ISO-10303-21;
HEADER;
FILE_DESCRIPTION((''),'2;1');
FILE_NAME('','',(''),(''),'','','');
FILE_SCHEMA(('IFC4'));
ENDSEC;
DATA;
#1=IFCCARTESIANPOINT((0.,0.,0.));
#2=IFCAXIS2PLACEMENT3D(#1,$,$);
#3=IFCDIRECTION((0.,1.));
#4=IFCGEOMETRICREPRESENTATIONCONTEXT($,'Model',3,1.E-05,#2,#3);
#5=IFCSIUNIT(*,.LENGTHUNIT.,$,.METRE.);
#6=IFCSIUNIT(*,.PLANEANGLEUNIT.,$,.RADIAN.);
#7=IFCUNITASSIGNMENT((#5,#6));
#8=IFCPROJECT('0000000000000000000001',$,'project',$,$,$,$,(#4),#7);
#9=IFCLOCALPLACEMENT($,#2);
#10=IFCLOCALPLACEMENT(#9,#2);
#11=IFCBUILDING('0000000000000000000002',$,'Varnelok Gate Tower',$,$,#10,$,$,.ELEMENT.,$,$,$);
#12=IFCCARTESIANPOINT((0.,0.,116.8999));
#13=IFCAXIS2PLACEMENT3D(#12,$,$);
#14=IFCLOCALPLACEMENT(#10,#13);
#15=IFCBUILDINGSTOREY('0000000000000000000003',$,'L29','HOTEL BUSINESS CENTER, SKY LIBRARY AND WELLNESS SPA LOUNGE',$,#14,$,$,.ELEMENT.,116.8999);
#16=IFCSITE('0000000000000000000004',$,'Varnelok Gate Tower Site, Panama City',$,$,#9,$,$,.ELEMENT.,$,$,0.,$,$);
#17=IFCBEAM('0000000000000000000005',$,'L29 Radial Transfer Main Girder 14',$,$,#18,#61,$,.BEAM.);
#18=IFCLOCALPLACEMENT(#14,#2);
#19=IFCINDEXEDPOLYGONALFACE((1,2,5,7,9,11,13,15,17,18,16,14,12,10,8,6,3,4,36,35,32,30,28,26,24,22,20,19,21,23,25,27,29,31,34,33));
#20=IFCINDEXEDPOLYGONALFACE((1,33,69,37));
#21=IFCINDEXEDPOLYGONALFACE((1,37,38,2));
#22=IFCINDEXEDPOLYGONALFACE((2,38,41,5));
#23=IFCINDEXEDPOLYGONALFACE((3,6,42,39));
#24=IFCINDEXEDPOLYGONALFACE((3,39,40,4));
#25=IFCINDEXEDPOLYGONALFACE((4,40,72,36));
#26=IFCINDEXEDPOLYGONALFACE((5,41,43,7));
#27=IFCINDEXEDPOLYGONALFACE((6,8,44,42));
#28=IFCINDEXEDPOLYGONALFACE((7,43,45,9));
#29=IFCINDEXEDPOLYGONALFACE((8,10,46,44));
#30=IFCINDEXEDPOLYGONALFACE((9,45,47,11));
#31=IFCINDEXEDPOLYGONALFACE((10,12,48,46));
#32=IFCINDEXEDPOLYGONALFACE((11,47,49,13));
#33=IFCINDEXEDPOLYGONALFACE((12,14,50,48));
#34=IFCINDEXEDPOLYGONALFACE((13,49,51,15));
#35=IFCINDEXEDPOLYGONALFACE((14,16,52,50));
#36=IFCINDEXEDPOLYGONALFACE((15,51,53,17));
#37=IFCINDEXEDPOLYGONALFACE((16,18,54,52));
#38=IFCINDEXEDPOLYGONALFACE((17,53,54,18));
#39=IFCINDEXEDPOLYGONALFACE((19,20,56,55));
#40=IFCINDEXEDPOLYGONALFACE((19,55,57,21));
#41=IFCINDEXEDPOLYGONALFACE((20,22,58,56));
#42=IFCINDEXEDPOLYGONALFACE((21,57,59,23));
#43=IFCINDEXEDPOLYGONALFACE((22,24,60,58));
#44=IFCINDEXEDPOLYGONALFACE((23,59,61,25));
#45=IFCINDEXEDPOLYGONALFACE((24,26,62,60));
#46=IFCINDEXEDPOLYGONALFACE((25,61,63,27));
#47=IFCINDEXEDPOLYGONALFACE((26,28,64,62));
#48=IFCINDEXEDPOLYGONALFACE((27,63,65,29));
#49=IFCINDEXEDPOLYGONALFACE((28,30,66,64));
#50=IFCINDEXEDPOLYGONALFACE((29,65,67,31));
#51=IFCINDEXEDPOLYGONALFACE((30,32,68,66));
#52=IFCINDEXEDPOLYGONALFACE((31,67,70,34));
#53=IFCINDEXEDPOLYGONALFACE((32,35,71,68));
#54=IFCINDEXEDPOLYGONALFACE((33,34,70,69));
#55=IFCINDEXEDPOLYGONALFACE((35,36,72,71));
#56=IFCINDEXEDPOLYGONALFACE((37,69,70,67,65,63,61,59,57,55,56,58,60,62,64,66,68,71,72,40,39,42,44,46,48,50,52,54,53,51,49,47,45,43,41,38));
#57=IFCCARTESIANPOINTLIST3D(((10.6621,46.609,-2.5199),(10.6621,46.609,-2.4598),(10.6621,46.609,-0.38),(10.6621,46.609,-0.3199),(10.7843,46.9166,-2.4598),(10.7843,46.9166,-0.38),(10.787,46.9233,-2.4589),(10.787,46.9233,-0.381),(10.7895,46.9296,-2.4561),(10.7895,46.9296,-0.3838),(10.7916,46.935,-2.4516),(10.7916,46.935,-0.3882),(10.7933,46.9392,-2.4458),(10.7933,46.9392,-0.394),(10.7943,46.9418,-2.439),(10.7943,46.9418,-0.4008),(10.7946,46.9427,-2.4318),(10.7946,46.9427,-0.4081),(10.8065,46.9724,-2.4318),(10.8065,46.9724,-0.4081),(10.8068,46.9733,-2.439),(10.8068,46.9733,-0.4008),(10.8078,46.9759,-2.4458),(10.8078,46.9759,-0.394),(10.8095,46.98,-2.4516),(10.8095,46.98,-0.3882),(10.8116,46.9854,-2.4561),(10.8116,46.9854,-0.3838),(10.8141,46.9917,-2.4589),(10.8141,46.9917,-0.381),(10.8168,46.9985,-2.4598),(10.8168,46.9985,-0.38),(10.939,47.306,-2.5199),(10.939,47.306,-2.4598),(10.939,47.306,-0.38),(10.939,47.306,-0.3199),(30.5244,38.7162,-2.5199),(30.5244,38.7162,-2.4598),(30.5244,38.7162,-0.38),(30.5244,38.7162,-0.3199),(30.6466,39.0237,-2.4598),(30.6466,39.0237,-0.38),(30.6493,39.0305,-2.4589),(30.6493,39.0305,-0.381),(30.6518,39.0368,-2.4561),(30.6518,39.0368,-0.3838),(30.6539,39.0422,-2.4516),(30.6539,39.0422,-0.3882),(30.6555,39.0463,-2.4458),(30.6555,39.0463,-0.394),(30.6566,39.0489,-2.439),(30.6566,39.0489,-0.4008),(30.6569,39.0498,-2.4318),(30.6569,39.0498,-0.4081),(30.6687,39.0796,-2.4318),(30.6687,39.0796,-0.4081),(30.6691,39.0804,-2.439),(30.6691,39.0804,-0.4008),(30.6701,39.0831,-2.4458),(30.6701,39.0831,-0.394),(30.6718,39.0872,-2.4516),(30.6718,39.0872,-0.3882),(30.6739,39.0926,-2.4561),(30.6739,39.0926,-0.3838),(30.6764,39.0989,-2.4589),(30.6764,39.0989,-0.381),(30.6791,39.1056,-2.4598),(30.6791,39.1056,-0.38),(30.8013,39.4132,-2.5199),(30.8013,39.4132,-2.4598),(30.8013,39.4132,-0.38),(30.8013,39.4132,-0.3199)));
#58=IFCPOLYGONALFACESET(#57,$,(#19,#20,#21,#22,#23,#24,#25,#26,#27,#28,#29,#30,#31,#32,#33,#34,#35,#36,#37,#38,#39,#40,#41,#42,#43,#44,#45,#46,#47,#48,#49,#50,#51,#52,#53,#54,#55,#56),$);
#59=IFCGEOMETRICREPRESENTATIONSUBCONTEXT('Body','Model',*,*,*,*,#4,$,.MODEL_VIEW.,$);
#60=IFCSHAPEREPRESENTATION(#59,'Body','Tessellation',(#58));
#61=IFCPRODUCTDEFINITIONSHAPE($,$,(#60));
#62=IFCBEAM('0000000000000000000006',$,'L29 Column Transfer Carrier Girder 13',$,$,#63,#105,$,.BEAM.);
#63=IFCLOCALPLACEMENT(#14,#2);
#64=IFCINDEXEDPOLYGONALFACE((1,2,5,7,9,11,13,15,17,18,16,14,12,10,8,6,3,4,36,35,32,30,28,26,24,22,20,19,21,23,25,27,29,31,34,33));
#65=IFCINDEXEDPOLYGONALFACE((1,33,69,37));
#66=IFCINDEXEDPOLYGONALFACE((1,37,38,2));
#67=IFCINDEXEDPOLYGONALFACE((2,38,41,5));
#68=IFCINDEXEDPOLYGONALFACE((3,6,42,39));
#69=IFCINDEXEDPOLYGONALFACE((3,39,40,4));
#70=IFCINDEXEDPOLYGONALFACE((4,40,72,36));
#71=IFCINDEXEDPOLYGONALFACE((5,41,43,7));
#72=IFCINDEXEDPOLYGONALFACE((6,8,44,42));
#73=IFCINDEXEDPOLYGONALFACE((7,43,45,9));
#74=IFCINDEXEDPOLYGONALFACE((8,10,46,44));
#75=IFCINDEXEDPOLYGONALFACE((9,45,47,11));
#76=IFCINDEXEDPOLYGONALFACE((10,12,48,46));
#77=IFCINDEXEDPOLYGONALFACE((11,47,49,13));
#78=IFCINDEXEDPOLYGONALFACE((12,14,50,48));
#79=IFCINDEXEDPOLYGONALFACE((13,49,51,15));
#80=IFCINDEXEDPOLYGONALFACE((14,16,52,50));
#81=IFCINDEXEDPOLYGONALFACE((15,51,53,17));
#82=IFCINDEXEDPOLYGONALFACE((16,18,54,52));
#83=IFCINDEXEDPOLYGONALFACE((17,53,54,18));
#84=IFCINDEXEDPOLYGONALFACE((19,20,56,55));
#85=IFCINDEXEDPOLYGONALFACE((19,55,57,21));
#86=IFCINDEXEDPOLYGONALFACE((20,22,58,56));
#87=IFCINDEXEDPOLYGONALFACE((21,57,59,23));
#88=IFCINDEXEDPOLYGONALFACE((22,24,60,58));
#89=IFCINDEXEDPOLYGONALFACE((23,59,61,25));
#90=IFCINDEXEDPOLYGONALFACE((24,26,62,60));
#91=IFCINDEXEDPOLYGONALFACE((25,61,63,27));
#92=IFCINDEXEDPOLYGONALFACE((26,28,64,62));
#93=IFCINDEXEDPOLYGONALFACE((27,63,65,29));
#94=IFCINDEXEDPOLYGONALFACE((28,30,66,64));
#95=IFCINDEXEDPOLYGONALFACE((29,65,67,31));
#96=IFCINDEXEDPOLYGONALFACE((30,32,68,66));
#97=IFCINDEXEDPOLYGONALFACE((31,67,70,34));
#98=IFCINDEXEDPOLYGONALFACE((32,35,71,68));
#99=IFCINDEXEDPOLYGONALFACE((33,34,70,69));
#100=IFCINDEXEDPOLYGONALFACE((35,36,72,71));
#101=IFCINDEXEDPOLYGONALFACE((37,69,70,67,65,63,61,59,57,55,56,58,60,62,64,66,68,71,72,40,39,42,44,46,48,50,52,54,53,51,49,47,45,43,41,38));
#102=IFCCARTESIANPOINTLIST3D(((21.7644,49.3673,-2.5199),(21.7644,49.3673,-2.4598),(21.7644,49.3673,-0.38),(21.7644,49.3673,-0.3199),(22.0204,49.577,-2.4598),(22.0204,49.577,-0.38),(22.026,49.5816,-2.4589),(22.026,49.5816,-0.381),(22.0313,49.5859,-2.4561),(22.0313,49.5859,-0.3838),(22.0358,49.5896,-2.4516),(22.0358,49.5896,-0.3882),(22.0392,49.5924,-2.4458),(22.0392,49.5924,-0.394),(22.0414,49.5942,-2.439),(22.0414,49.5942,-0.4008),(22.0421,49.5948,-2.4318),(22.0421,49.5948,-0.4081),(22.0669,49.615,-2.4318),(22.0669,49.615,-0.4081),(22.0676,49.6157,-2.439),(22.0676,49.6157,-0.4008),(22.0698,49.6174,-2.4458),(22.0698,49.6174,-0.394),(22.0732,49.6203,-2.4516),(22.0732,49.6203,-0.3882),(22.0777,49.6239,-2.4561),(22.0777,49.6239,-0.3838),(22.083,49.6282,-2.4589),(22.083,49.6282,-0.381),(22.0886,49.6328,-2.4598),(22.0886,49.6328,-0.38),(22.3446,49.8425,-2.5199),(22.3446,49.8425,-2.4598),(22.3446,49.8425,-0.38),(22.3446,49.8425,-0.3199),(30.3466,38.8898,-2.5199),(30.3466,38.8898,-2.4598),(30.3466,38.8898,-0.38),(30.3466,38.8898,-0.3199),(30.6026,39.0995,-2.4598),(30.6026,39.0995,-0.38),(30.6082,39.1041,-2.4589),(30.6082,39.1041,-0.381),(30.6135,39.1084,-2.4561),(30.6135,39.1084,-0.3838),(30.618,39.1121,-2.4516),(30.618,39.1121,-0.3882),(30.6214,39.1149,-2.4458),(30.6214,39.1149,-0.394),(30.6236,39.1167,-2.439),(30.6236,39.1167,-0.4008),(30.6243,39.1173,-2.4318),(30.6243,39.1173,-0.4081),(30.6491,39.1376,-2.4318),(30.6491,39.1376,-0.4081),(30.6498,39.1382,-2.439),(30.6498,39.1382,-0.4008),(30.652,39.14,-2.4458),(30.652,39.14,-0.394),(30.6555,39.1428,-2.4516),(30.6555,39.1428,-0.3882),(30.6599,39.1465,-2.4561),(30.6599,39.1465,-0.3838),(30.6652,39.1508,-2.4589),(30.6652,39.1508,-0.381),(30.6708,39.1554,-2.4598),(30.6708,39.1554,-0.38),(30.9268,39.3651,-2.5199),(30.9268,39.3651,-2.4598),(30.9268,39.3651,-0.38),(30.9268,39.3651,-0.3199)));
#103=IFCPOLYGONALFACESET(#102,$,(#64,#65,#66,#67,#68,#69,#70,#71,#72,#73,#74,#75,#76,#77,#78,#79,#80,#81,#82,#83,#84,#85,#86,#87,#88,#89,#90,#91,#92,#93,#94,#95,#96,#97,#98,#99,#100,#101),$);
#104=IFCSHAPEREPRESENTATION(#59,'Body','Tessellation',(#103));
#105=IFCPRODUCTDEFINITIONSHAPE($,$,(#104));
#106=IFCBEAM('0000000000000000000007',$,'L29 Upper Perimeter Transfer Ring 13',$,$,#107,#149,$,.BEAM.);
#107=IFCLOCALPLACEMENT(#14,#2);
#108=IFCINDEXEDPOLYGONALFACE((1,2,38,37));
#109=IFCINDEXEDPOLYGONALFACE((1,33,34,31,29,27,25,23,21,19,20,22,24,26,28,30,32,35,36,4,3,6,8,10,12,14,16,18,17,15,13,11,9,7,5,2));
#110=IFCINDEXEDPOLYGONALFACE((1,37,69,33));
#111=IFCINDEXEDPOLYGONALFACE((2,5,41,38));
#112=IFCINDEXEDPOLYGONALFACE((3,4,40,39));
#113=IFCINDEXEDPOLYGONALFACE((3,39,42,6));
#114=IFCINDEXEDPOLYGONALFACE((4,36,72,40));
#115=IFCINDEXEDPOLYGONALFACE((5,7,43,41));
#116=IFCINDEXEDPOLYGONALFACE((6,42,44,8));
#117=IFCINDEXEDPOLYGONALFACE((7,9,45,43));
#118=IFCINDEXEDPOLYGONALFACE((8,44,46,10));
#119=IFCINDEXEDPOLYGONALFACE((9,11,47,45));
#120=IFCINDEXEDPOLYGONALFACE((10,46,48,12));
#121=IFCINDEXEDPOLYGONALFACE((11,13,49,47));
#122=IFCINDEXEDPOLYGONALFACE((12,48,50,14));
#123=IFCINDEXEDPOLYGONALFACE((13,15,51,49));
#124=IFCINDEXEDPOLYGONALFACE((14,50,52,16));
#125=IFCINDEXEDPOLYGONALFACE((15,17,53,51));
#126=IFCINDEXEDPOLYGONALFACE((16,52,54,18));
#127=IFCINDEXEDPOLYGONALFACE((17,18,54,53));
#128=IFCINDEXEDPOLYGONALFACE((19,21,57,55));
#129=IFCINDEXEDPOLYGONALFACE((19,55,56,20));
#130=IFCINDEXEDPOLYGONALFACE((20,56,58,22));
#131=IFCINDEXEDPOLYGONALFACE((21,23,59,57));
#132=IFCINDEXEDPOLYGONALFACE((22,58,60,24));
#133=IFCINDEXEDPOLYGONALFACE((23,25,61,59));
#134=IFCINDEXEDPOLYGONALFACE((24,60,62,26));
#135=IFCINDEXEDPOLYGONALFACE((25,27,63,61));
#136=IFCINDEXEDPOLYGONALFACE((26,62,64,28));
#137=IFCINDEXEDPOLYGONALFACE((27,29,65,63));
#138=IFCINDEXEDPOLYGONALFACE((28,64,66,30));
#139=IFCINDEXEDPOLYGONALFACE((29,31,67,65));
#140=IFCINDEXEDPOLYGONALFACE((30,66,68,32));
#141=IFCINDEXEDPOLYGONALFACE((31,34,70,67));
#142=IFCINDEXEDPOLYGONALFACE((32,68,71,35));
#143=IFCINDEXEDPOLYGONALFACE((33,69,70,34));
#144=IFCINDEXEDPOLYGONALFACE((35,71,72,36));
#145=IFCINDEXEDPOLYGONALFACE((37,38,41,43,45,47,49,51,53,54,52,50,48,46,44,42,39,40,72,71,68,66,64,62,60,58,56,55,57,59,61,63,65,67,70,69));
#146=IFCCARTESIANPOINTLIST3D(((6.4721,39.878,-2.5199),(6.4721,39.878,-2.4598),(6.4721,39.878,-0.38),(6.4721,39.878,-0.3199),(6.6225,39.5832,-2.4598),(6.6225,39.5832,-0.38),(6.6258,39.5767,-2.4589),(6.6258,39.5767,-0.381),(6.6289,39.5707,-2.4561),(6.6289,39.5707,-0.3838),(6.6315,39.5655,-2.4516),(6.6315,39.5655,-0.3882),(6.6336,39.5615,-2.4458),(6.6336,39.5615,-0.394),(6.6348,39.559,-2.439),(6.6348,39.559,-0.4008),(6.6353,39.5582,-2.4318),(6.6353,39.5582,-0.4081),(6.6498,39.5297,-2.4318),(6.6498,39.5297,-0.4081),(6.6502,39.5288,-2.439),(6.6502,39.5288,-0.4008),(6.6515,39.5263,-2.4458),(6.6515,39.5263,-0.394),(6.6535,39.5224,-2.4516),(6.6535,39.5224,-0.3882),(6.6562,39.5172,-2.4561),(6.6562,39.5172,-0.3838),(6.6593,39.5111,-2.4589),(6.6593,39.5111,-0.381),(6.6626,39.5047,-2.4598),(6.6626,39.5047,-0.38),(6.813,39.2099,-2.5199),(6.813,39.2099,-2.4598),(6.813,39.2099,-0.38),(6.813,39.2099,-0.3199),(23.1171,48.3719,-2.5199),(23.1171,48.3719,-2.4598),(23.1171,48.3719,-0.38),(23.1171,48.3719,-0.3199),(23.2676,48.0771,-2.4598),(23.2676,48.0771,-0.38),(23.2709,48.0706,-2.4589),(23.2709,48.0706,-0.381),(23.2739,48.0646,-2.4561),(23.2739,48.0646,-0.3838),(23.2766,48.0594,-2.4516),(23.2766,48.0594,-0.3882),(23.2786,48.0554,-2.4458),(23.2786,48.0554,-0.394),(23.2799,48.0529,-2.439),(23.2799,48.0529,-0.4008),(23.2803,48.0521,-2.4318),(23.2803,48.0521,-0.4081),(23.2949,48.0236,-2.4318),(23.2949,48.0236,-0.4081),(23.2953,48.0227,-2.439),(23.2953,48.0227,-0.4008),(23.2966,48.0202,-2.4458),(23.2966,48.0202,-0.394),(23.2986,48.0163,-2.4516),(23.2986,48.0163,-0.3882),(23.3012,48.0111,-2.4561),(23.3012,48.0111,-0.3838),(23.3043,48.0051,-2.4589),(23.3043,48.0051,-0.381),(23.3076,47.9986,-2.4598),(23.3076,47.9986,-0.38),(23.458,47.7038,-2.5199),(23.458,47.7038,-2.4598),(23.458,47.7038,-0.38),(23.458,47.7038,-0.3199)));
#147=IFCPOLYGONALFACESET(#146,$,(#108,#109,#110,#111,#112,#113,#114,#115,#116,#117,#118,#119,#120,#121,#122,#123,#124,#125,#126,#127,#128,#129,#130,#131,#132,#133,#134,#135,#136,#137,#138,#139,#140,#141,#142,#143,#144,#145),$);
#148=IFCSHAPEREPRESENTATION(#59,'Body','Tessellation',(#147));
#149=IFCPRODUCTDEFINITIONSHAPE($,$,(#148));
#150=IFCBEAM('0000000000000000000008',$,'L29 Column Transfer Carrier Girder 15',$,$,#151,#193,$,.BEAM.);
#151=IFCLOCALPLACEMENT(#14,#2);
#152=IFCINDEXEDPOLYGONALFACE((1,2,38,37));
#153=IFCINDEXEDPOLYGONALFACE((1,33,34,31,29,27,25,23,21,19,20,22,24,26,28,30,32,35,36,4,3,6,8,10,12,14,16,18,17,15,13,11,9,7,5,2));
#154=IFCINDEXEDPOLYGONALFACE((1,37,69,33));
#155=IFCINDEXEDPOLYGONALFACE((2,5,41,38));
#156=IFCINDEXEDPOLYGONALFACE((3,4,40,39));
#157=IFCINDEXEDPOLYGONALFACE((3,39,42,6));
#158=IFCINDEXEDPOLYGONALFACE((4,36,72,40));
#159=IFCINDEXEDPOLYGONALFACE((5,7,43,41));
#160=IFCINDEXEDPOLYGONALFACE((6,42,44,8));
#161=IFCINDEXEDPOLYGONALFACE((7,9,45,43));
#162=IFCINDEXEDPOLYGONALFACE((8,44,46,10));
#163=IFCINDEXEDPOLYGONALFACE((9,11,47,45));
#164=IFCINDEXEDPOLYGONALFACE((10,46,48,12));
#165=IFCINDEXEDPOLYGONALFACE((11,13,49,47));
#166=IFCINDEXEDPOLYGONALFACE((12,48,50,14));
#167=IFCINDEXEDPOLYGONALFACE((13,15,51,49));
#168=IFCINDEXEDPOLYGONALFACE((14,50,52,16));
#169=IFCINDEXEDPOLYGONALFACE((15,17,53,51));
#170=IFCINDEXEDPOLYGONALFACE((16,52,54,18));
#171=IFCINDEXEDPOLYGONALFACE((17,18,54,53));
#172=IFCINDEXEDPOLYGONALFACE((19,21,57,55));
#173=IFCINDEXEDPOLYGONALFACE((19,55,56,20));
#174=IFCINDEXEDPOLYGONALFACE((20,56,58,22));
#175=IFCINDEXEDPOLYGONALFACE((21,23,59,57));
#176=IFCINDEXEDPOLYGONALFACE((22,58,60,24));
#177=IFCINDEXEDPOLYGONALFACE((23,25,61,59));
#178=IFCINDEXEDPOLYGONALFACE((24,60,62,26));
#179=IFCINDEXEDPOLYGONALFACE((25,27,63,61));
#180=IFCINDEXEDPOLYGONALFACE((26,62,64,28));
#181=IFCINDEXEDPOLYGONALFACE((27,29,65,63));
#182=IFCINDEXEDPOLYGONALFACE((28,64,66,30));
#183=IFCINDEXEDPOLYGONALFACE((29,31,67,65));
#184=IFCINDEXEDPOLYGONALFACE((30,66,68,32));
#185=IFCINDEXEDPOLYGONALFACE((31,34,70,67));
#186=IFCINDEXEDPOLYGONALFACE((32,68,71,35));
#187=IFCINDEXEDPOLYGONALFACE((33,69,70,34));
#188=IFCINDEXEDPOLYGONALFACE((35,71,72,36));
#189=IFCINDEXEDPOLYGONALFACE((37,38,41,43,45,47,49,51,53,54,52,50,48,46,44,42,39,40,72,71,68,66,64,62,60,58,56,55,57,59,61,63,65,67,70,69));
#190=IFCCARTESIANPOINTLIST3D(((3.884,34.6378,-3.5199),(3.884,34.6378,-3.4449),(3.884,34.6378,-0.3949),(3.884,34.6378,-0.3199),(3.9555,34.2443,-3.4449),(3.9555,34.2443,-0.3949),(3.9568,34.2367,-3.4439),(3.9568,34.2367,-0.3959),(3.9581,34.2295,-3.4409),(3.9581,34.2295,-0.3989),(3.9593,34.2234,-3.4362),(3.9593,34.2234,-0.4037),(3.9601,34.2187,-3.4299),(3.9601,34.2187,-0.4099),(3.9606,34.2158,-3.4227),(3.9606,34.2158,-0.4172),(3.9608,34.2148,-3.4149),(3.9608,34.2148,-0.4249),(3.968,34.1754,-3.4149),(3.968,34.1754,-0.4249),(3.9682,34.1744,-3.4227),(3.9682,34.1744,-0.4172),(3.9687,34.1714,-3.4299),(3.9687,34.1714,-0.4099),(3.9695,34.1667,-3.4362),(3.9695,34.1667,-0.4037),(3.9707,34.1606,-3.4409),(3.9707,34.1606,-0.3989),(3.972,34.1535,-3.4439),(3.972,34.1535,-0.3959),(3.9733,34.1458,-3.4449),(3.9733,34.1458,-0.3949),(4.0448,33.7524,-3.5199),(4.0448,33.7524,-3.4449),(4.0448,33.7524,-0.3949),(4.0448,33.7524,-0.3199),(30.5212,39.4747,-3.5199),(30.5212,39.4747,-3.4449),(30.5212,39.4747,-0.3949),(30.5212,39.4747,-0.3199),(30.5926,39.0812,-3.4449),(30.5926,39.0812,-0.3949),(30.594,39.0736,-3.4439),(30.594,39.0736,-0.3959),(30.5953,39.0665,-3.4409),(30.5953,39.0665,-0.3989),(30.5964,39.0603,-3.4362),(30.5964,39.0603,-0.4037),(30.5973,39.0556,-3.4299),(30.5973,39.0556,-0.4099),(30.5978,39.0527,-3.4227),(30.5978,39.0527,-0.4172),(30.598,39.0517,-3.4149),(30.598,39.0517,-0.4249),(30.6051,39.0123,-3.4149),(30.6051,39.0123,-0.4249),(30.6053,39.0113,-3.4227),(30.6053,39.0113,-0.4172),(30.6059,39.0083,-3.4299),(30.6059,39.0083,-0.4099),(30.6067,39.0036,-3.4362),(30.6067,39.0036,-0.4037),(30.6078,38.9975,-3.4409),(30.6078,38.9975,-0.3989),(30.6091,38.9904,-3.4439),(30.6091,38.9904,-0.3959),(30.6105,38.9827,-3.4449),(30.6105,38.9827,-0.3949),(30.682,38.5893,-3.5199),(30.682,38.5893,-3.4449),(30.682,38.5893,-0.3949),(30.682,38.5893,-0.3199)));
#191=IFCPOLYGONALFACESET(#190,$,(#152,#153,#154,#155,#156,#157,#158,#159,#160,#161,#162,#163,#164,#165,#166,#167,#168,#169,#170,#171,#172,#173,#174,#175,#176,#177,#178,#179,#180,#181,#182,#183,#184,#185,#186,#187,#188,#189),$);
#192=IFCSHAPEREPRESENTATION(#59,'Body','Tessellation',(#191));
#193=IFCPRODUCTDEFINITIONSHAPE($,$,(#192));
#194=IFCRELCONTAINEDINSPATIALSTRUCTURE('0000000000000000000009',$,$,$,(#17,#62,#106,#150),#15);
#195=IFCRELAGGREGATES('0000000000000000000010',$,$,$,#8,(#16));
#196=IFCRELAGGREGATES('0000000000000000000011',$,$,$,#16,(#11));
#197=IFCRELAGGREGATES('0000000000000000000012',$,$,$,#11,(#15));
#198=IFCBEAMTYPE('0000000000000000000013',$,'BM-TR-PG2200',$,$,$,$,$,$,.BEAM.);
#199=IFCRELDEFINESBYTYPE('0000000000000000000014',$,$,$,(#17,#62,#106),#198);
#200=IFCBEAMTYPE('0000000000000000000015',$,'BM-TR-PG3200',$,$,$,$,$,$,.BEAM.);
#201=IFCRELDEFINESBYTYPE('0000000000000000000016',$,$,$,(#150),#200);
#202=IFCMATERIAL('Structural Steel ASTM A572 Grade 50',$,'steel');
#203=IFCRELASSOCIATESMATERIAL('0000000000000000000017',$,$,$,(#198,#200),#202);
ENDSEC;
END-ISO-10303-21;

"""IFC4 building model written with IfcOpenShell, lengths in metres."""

from ifc_helpers import new_model, si_unit, direction, frame, origin, origin_2d, place, context, subcontext, project, spatial, i_section, extrude, material, material_profile, profile_set, type_object, element, save


model = new_model("IFC4")

# Units and contexts
model_context = context("Model", 3, precision=1e-05, world=origin(), true_north=direction((0.0, 1.0)))
body_context = subcontext(model_context, "Body", "Model", "MODEL_VIEW")
ifc_project = project(units=[si_unit("LENGTHUNIT", "METRE"), si_unit("PLANEANGLEUNIT", "RADIAN")], contexts=[model_context])

# Site, building, storey
site_placement = place(None, origin())
site = spatial("IfcSite", under=ifc_project, at=site_placement, Name="Varnelok Gate Tower Site, Panama City", CompositionType="ELEMENT", RefElevation=0.0)
building_placement = place(site_placement, origin())
building = spatial("IfcBuilding", under=site, at=building_placement, Name="Varnelok Gate Tower", CompositionType="ELEMENT")
storey_placement = place(building_placement, frame((0.0, 0.0, 116.8999)))
storey = spatial("IfcBuildingStorey", under=building, at=storey_placement, Name="L29", Description="HOTEL BUSINESS CENTER, SKY LIBRARY AND WELLNESS SPA LOUNGE", CompositionType="ELEMENT", Elevation=116.8999)

# Beams
ifc_material_1 = material(Name="Structural Steel ASTM A572 Grade 50", Category="steel")
ifc_material_profile_1 = material_profile(ifc_material_1, i_section(OverallWidth=0.75, OverallDepth=2.2, WebThickness=0.032, FlangeThickness=0.0601, FilletRadius=0.0281, at=origin_2d()), Name="PG2200X750")
ifc_profile_set_1 = profile_set([ifc_material_profile_1], Name="Structural Steel ASTM A572 Grade 50")
beam_type_1 = type_object("IfcBeamType", Name="BM-TR-PG2200", PredefinedType="BEAM", material=ifc_profile_set_1)
beam_1_placement = place(storey_placement, frame((30.6628, 39.0647, -1.4199), z_axis=(-0.929315, 0.369288, 0.0), x_axis=(-0.369288, -0.929315, 0.0)))
element("IfcBeam", 1, at=beam_1_placement, inside=storey, type_object=beam_type_1, Name="L29 Radial Transfer Main Girder 14", PredefinedType="BEAM", context=body_context, shape_type="SweptSolid", body=[
    extrude(i_section(OverallWidth=0.75, OverallDepth=2.2, WebThickness=0.032, FlangeThickness=0.0601, FilletRadius=0.0281, at=origin_2d()), origin(), (0.0, 0.0, 1.0), 21.373),
])
beam_2_placement = place(storey_placement, frame((30.6367, 39.1274, -1.4199), z_axis=(-0.633669, 0.773605, 0.0), x_axis=(-0.773605, -0.633669, 0.0)))
element("IfcBeam", 2, at=beam_2_placement, inside=storey, type_object=beam_type_1, Name="L29 Column Transfer Carrier Girder 13", PredefinedType="BEAM", context=body_context, shape_type="SweptSolid", body=[
    extrude(i_section(OverallWidth=0.75, OverallDepth=2.2, WebThickness=0.032, FlangeThickness=0.0601, FilletRadius=0.0281, at=origin_2d()), origin(), (0.0, 0.0, 1.0), 13.5437),
])
beam_3_placement = place(storey_placement, frame((23.2876, 48.0378, -1.4199), z_axis=(-0.890729, -0.454536, 0.0), x_axis=(0.454536, -0.890729, 0.0)))
element("IfcBeam", 3, at=beam_3_placement, inside=storey, type_object=beam_type_1, Name="L29 Upper Perimeter Transfer Ring 13", PredefinedType="BEAM", context=body_context, shape_type="SweptSolid", body=[
    extrude(i_section(OverallWidth=0.75, OverallDepth=2.2, WebThickness=0.032, FlangeThickness=0.0601, FilletRadius=0.0281, at=origin_2d()), origin(), (0.0, 0.0, 1.0), 18.687),
])
ifc_material_profile_2 = material_profile(ifc_material_1, i_section(OverallWidth=0.8999, OverallDepth=3.2, WebThickness=0.04, FlangeThickness=0.075, FilletRadius=0.03, at=origin_2d()), Name="PG3200X900")
ifc_profile_set_2 = profile_set([ifc_material_profile_2], Name="Structural Steel ASTM A572 Grade 50")
beam_type_2 = type_object("IfcBeamType", Name="BM-TR-PG3200", PredefinedType="BEAM", material=ifc_profile_set_2)
beam_4_placement = place(storey_placement, frame((30.6016, 39.032, -1.9199), z_axis=(-0.98391, -0.178663, 0.0), x_axis=(0.178663, -0.98391, 0.0)))
element("IfcBeam", 4, at=beam_4_placement, inside=storey, type_object=beam_type_2, Name="L29 Column Transfer Carrier Girder 15", PredefinedType="BEAM", context=body_context, shape_type="SweptSolid", body=[
    extrude(i_section(OverallWidth=0.8999, OverallDepth=3.2, WebThickness=0.04, FlangeThickness=0.075, FilletRadius=0.03, at=origin_2d()), origin(), (0.0, 0.0, 1.0), 27.0728),
])

save(model, "model.ifc")
